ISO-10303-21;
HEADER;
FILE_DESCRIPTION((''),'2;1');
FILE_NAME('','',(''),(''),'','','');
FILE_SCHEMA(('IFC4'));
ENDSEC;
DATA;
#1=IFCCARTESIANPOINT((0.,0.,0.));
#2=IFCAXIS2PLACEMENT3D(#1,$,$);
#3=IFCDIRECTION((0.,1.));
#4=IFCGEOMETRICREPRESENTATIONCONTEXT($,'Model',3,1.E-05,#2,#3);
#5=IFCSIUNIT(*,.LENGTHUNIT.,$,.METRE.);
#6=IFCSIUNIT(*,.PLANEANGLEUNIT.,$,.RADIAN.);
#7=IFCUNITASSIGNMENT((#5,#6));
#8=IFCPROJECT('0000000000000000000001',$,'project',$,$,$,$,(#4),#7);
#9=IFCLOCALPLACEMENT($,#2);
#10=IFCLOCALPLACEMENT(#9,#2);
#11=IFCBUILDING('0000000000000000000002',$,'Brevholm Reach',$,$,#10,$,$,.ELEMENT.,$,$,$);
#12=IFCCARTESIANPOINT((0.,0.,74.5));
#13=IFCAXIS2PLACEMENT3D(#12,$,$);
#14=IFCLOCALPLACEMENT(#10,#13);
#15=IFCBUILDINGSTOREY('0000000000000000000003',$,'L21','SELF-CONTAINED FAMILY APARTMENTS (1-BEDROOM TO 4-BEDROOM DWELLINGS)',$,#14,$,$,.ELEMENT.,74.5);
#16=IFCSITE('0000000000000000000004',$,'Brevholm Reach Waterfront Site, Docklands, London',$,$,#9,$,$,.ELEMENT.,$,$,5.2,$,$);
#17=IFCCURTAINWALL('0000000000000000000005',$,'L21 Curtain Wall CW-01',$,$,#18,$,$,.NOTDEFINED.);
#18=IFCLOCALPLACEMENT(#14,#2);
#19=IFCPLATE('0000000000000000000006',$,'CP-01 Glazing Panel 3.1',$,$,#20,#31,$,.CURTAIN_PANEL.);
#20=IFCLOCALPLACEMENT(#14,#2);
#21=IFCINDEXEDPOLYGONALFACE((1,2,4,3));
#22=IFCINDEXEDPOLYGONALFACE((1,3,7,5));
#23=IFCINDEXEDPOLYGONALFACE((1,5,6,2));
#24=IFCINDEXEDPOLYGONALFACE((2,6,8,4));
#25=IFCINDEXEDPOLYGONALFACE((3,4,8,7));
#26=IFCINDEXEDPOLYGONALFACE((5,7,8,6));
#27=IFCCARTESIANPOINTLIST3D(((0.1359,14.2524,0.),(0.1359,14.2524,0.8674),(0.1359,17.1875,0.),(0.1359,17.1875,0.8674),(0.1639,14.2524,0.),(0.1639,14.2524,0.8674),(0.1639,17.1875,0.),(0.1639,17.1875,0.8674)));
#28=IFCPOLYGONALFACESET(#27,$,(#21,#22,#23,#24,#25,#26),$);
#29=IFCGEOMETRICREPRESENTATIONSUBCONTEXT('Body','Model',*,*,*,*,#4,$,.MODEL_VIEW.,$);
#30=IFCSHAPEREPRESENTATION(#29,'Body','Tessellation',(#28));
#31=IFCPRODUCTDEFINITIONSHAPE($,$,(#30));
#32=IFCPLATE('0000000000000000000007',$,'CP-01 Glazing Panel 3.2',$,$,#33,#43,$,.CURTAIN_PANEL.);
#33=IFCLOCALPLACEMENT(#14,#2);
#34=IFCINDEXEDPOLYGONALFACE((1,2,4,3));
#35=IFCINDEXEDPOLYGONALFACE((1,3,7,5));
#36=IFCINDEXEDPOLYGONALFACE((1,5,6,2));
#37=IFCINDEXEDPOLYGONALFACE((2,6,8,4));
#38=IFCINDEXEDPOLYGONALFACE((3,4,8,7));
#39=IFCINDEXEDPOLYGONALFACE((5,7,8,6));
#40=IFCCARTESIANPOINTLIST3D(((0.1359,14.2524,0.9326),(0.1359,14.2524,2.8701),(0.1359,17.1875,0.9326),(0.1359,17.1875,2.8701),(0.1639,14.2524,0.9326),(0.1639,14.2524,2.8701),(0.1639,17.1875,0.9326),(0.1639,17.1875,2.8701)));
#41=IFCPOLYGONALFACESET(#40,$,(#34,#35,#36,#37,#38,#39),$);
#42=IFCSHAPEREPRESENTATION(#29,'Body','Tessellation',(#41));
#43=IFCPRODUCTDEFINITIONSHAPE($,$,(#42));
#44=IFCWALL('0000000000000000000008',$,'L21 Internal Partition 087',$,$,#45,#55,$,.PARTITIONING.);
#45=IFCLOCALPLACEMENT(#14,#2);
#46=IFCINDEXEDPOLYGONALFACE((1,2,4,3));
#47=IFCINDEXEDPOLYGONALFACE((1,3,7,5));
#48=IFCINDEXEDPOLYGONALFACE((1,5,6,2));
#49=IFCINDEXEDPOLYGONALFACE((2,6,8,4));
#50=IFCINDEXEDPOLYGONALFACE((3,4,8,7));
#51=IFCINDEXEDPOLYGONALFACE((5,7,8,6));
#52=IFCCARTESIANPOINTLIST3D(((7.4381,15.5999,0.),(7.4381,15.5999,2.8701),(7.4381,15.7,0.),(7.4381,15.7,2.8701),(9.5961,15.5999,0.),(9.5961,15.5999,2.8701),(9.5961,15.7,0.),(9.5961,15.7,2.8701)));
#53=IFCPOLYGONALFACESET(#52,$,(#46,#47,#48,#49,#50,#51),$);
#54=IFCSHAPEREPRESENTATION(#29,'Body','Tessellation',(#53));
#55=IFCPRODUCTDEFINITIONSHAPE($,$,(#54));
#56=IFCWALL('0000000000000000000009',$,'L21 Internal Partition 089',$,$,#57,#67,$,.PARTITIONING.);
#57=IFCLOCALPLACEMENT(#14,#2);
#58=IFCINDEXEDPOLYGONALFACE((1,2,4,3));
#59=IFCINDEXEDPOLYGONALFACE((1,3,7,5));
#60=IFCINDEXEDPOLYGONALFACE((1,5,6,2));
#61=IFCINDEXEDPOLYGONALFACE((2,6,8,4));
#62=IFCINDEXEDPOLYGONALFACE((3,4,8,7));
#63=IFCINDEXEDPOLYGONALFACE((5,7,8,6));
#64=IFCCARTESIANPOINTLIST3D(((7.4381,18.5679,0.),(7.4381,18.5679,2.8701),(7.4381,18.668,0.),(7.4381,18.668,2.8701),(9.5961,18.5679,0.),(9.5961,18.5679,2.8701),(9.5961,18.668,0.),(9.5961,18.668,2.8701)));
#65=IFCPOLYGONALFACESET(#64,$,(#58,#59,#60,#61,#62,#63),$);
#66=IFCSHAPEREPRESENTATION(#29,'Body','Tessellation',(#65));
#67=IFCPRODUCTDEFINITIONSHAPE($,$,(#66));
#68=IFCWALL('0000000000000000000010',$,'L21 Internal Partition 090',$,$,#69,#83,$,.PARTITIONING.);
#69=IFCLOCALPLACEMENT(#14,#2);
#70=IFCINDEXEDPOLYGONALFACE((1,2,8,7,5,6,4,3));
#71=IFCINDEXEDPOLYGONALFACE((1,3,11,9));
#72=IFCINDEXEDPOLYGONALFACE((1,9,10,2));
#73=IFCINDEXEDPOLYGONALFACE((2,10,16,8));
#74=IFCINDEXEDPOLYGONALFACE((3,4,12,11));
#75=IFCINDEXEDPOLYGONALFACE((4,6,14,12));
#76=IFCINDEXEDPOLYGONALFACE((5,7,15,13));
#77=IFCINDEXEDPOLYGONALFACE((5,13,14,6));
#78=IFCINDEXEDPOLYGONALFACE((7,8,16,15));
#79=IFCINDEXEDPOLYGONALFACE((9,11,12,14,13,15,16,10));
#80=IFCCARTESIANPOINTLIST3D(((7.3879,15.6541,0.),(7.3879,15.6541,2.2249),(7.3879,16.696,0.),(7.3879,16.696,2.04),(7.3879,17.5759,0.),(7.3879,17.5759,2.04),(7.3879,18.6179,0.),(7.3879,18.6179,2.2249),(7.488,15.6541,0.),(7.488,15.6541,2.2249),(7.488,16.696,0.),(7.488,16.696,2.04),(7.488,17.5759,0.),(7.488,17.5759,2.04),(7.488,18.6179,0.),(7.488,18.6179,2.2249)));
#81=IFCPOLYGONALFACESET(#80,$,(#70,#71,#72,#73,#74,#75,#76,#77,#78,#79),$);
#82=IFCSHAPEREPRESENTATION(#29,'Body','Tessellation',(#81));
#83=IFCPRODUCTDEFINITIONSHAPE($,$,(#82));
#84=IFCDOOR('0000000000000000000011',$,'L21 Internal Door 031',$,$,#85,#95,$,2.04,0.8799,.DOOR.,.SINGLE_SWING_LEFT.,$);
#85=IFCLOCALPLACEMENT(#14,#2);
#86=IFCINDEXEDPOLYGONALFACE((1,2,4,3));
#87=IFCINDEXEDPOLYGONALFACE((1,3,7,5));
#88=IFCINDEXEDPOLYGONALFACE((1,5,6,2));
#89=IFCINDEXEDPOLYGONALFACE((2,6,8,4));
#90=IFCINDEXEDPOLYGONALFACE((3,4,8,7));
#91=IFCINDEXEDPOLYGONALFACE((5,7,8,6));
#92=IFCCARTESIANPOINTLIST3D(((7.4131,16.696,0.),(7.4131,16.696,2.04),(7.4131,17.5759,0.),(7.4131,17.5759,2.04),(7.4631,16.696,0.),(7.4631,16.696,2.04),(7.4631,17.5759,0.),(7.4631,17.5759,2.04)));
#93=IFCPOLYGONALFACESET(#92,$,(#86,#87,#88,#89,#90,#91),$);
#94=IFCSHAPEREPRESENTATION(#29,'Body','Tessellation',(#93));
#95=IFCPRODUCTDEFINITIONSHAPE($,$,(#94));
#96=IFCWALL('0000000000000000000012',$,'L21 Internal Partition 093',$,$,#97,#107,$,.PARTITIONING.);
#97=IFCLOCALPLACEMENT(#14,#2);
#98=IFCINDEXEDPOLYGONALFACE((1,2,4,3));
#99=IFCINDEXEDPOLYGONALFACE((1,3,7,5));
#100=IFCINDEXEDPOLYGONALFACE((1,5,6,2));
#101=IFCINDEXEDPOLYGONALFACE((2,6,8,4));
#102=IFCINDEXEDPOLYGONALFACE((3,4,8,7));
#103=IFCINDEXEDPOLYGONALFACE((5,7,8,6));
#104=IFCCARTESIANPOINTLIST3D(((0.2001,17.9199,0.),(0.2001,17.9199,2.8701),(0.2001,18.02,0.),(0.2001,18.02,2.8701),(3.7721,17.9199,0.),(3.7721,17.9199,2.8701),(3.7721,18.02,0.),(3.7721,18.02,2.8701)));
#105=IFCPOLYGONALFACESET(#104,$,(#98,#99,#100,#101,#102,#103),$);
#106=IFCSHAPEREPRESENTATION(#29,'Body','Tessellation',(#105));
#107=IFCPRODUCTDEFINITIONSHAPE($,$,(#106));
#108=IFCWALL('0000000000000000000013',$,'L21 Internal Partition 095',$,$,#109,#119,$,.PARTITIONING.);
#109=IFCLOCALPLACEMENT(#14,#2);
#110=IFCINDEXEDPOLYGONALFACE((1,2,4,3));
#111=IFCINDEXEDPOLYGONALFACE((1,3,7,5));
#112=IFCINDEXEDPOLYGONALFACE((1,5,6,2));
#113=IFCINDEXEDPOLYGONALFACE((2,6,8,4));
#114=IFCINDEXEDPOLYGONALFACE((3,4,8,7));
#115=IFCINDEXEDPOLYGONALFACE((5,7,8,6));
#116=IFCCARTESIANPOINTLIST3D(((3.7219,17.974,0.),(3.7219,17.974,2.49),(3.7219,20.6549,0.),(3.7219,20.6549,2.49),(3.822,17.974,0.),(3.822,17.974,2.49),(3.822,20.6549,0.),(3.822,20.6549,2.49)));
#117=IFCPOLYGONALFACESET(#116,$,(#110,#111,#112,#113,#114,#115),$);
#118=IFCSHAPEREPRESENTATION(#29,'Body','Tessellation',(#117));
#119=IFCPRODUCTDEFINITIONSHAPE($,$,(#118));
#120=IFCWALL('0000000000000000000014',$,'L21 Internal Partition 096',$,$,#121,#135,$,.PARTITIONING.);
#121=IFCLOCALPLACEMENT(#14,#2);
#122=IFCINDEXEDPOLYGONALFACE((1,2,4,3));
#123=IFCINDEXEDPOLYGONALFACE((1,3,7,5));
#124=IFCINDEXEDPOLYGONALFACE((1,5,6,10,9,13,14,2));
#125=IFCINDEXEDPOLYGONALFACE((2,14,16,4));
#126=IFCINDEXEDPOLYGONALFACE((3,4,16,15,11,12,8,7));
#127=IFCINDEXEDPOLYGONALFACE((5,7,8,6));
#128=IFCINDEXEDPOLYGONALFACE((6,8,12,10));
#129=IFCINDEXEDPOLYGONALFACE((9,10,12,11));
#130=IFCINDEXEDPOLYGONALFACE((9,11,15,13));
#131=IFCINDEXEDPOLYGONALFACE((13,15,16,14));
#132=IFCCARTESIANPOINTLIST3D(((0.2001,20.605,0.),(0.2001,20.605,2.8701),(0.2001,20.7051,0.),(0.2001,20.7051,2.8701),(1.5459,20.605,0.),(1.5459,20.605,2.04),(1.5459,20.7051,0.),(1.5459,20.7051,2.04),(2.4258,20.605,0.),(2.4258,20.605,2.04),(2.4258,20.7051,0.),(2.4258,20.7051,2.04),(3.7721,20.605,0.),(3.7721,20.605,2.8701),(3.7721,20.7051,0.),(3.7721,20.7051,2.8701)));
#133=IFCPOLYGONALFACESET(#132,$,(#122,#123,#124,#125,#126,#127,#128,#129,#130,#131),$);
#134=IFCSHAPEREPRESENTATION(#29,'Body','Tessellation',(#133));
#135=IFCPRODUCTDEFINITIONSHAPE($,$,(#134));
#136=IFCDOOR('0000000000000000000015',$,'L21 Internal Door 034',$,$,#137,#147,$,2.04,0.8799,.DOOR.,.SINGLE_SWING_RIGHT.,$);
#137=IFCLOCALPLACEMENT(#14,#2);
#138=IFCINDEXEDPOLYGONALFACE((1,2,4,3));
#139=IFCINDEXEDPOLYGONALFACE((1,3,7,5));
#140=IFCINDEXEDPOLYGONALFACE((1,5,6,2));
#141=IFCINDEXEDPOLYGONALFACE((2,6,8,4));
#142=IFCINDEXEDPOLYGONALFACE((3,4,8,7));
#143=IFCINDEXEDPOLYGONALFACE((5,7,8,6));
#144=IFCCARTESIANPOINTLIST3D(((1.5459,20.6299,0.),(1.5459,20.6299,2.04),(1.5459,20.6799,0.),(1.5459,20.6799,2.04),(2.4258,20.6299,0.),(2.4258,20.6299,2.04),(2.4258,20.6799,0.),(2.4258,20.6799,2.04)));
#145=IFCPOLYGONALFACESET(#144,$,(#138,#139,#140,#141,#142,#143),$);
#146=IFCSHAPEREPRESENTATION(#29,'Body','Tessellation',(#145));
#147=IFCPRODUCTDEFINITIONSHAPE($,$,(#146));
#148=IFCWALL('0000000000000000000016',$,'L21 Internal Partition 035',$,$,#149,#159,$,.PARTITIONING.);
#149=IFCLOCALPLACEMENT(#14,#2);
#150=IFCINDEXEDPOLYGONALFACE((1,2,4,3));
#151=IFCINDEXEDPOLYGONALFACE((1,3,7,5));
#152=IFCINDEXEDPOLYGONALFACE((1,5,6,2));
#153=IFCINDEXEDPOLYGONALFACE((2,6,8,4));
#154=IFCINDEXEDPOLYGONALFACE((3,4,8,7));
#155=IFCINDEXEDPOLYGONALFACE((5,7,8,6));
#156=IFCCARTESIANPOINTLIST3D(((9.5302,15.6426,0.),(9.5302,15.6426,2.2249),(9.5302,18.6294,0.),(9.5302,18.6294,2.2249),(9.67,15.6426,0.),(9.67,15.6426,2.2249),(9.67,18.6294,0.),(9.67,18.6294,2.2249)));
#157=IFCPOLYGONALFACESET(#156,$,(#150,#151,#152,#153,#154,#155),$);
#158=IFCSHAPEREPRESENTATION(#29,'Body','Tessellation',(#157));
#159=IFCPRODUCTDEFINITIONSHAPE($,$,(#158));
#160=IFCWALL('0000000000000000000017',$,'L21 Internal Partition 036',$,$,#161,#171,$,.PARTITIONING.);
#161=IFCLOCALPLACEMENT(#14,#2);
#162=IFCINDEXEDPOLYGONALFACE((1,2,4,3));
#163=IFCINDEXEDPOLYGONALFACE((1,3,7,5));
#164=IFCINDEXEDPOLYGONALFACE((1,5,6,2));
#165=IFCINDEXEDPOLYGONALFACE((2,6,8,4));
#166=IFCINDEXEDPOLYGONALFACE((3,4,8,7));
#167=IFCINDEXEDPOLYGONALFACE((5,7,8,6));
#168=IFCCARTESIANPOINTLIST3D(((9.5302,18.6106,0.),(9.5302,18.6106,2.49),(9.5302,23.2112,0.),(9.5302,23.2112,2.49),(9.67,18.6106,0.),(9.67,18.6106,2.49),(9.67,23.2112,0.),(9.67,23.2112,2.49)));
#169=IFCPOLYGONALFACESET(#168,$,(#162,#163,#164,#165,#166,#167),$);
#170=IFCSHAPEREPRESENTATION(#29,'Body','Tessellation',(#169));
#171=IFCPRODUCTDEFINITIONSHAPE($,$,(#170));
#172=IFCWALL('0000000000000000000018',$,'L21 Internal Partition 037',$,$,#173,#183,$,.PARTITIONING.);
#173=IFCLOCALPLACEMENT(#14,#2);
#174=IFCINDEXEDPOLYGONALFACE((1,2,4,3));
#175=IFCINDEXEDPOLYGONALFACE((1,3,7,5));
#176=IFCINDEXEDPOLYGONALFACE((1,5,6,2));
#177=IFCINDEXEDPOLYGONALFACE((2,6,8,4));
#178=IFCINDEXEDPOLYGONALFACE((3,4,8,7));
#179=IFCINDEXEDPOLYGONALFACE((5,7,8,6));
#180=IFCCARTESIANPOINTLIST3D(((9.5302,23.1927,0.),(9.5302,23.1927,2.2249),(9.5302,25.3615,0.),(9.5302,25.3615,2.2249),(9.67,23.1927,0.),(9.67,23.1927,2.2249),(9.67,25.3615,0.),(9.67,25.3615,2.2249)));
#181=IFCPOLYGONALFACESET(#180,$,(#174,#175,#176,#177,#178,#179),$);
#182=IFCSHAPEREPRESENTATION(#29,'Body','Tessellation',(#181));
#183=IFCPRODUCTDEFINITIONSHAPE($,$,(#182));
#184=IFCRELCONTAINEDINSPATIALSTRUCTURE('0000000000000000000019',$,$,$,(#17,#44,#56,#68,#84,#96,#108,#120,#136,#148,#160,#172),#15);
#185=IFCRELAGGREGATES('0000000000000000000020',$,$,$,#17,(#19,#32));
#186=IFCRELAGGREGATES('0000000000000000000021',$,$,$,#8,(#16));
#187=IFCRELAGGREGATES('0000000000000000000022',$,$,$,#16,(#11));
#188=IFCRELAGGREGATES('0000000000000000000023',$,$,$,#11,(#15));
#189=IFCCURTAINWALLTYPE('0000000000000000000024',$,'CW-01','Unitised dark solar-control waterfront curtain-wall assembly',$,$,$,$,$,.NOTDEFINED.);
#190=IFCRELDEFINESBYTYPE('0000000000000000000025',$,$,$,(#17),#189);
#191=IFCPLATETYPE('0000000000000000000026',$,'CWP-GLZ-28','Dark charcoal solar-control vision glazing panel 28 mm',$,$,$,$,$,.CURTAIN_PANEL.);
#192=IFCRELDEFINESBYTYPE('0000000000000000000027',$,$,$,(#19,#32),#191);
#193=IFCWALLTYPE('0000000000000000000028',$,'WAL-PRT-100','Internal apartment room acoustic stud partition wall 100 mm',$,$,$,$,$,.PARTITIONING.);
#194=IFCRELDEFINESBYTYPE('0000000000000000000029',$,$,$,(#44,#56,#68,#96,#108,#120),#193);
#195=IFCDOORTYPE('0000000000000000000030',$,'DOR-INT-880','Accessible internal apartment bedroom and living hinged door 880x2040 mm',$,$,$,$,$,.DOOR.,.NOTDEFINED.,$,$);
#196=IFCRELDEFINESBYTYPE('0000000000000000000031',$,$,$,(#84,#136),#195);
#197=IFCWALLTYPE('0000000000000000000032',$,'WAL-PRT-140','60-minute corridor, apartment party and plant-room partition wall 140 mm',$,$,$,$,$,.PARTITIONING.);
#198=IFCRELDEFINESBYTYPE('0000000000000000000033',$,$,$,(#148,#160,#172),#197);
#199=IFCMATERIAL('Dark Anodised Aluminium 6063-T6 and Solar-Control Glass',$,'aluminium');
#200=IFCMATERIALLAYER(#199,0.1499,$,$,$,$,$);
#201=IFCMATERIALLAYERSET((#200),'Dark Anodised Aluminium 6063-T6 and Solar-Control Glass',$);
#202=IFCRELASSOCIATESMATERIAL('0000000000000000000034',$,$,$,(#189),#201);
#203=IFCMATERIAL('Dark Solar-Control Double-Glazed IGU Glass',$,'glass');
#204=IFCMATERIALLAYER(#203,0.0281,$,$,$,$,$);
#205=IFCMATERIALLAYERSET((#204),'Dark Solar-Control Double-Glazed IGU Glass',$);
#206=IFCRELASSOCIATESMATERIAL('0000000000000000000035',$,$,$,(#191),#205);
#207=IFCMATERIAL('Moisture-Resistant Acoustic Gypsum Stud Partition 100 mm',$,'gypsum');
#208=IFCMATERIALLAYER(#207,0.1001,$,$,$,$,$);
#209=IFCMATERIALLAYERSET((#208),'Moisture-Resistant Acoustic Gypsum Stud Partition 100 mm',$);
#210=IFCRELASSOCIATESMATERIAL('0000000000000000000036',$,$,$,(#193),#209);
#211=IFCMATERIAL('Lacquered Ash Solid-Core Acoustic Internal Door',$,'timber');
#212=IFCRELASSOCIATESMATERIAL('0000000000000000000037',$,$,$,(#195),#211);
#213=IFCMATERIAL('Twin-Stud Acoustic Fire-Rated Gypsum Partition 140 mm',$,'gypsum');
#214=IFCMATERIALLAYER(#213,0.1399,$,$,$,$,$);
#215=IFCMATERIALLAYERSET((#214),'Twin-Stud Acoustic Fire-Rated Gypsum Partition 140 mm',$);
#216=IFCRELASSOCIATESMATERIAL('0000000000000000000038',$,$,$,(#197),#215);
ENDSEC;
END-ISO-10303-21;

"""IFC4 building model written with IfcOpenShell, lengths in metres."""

from ifc_helpers import new_model, si_unit, direction, frame, frame_2d, origin, origin_2d, place, context, subcontext, project, spatial, rectangle, extrude, material, layer, layer_set, type_object, element, fill, aggregate, save


model = new_model("IFC4")

# Units and contexts
model_context = context("Model", 3, precision=1e-05, world=origin(), true_north=direction((0.0, 1.0)))
body_context = subcontext(model_context, "Body", "Model", "MODEL_VIEW")
ifc_project = project(units=[si_unit("LENGTHUNIT", "METRE"), si_unit("PLANEANGLEUNIT", "RADIAN")], contexts=[model_context])

# Site, building, storey
site_placement = place(None, origin())
site = spatial("IfcSite", under=ifc_project, at=site_placement, Name="Brevholm Reach Waterfront Site, Docklands, London", CompositionType="ELEMENT", RefElevation=5.2)
building_placement = place(site_placement, origin())
building = spatial("IfcBuilding", under=site, at=building_placement, Name="Brevholm Reach", CompositionType="ELEMENT")
storey_placement = place(building_placement, frame((0.0, 0.0, 74.5)))
storey = spatial("IfcBuildingStorey", under=building, at=storey_placement, Name="L21", Description="SELF-CONTAINED FAMILY APARTMENTS (1-BEDROOM TO 4-BEDROOM DWELLINGS)", CompositionType="ELEMENT", Elevation=74.5)

# Curtain wall, plates
ifc_material_1 = material(Name="Dark Anodised Aluminium 6063-T6 and Solar-Control Glass", Category="aluminium")
ifc_layer_1 = layer(ifc_material_1, 0.1499)
ifc_layer_set_1 = layer_set([ifc_layer_1], Name="Dark Anodised Aluminium 6063-T6 and Solar-Control Glass")
curtain_wall_type = type_object("IfcCurtainWallType", Name="CW-01", Description="Unitised dark solar-control waterfront curtain-wall assembly", PredefinedType="NOTDEFINED", material=ifc_layer_set_1)
curtain_wall_placement = place(storey_placement, origin())
curtain_wall = element("IfcCurtainWall", 1, at=curtain_wall_placement, inside=storey, type_object=curtain_wall_type, Name="L21 Curtain Wall CW-01", PredefinedType="NOTDEFINED")
ifc_material_2 = material(Name="Dark Solar-Control Double-Glazed IGU Glass", Category="glass")
ifc_layer_2 = layer(ifc_material_2, 0.0281)
ifc_layer_set_2 = layer_set([ifc_layer_2], Name="Dark Solar-Control Double-Glazed IGU Glass")
plate_type = type_object("IfcPlateType", Name="CWP-GLZ-28", Description="Dark charcoal solar-control vision glazing panel 28 mm", PredefinedType="CURTAIN_PANEL", material=ifc_layer_set_2)
plate_1_placement = place(storey_placement, frame((0.1499, 15.72, 0.0), z_axis=(0.0, 0.0, 1.0), x_axis=(0.0, -1.0, 0.0)))
plate_1 = element("IfcPlate", 2, at=plate_1_placement, type_object=plate_type, Name="CP-01 Glazing Panel 3.1", PredefinedType="CURTAIN_PANEL", context=body_context, shape_type="SweptSolid", body=[
    extrude(rectangle(XDim=2.9351, YDim=0.0281, at=origin_2d()), origin(), (0.0, 0.0, 1.0), 0.8674),
])
plate_2_placement = place(storey_placement, frame((0.1499, 15.72, 0.9326), z_axis=(0.0, 0.0, 1.0), x_axis=(0.0, -1.0, 0.0)))
plate_2 = element("IfcPlate", 3, at=plate_2_placement, type_object=plate_type, Name="CP-01 Glazing Panel 3.2", PredefinedType="CURTAIN_PANEL", context=body_context, shape_type="SweptSolid", body=[
    extrude(rectangle(XDim=2.9351, YDim=0.0281, at=origin_2d()), origin(), (0.0, 0.0, 1.0), 1.9375),
])
aggregate(curtain_wall, [plate_1, plate_2])

# Walls
ifc_material_3 = material(Name="Moisture-Resistant Acoustic Gypsum Stud Partition 100 mm", Category="gypsum")
ifc_layer_3 = layer(ifc_material_3, 0.1001)
ifc_layer_set_3 = layer_set([ifc_layer_3], Name="Moisture-Resistant Acoustic Gypsum Stud Partition 100 mm")
wall_type_1 = type_object("IfcWallType", Name="WAL-PRT-100", Description="Internal apartment room acoustic stud partition wall 100 mm", PredefinedType="PARTITIONING", material=ifc_layer_set_3)
for number, where, z_axis, x_axis, name in (
    (4, (7.438, 15.6499, 0.0), (0.0, 0.0, 1.0), (1.0, 0.0, 0.0), "L21 Internal Partition 087"),
    (5, (7.438, 18.6179, 0.0), (0.0, 0.0, 1.0), (1.0, 0.0, 0.0), "L21 Internal Partition 089"),
):
    element("IfcWall", number, at=place(storey_placement, frame(where, z_axis=z_axis, x_axis=x_axis)), inside=storey, type_object=wall_type_1, Name=name, PredefinedType="PARTITIONING", context=body_context, shape_type="SweptSolid", body=[
        extrude(rectangle(XDim=2.158, YDim=0.1001, at=frame_2d((1.0791, 0.0))), origin(), (0.0, 0.0, 1.0), 2.8701),
    ])

# Wall, opening, door
wall_1_placement = place(storey_placement, frame((7.438, 15.6541, 0.0), z_axis=(0.0, 0.0, 1.0), x_axis=(0.0, 1.0, 0.0)))
wall_1 = element("IfcWall", 6, at=wall_1_placement, inside=storey, type_object=wall_type_1, Name="L21 Internal Partition 090", PredefinedType="PARTITIONING", context=body_context, shape_type="SweptSolid", body=[
    extrude(rectangle(XDim=2.9639, YDim=0.1001, at=frame_2d((1.4819, 0.0))), origin(), (0.0, 0.0, 1.0), 2.2249),
])
opening_1_placement = place(wall_1_placement, frame((1.042, 0.0, 0.0)))
opening_1 = element("IfcOpeningElement", 7, at=opening_1_placement, cuts=wall_1, PredefinedType="OPENING", context=body_context, shape_type="SweptSolid", body=[
    extrude(rectangle(XDim=0.8799, YDim=2.04, at=frame_2d((0.4399, 1.02))), frame((0.0, 0.0601, 0.0), z_axis=(0.0, -1.0, 0.0), x_axis=(1.0, 0.0, 0.0)), (0.0, 0.0, 1.0), 0.1201),
])
ifc_material_4 = material(Name="Lacquered Ash Solid-Core Acoustic Internal Door", Category="timber")
door_type = type_object("IfcDoorType", Name="DOR-INT-880", Description="Accessible internal apartment bedroom and living hinged door 880x2040 mm", OperationType="NOTDEFINED", PredefinedType="DOOR", material=ifc_material_4)
door_1_placement = place(opening_1_placement, origin())
door_1 = element("IfcDoor", 8, at=door_1_placement, inside=storey, type_object=door_type, Name="L21 Internal Door 031", OperationType="SINGLE_SWING_LEFT", OverallHeight=2.04, OverallWidth=0.8799, PredefinedType="DOOR", context=body_context, shape_type="SweptSolid", body=[
    extrude(rectangle(XDim=0.8799, YDim=2.04, at=frame_2d((0.4399, 1.02))), frame((0.0, 0.0249, 0.0), z_axis=(0.0, -1.0, 0.0), x_axis=(1.0, 0.0, 0.0)), (0.0, 0.0, 1.0), 0.05),
])
fill(opening_1, door_1)

# Walls
wall_2_placement = place(storey_placement, frame((0.2, 17.97, 0.0), z_axis=(0.0, 0.0, 1.0), x_axis=(1.0, 0.0, 0.0)))
element("IfcWall", 9, at=wall_2_placement, inside=storey, type_object=wall_type_1, Name="L21 Internal Partition 093", PredefinedType="PARTITIONING", context=body_context, shape_type="SweptSolid", body=[
    extrude(rectangle(XDim=3.572, YDim=0.1001, at=frame_2d((1.7861, 0.0))), origin(), (0.0, 0.0, 1.0), 2.8701),
])
wall_3_placement = place(storey_placement, frame((3.772, 17.9741, 0.0), z_axis=(0.0, 0.0, 1.0), x_axis=(0.0, 1.0, 0.0)))
element("IfcWall", 10, at=wall_3_placement, inside=storey, type_object=wall_type_1, Name="L21 Internal Partition 095", PredefinedType="PARTITIONING", context=body_context, shape_type="SweptSolid", body=[
    extrude(rectangle(XDim=2.6809, YDim=0.1001, at=frame_2d((1.3403, 0.0))), origin(), (0.0, 0.0, 1.0), 2.49),
])

# Wall, opening, door
wall_4_placement = place(storey_placement, frame((0.2, 20.655, 0.0), z_axis=(0.0, 0.0, 1.0), x_axis=(1.0, 0.0, 0.0)))
wall_4 = element("IfcWall", 11, at=wall_4_placement, inside=storey, type_object=wall_type_1, Name="L21 Internal Partition 096", PredefinedType="PARTITIONING", context=body_context, shape_type="SweptSolid", body=[
    extrude(rectangle(XDim=3.572, YDim=0.1001, at=frame_2d((1.7861, 0.0))), origin(), (0.0, 0.0, 1.0), 2.8701),
])
opening_2_placement = place(wall_4_placement, frame((1.3459, 0.0, 0.0)))
opening_2 = element("IfcOpeningElement", 12, at=opening_2_placement, cuts=wall_4, PredefinedType="OPENING", context=body_context, shape_type="SweptSolid", body=[
    extrude(rectangle(XDim=0.8799, YDim=2.04, at=frame_2d((0.4399, 1.02))), frame((0.0, 0.0601, 0.0), z_axis=(0.0, -1.0, 0.0), x_axis=(1.0, 0.0, 0.0)), (0.0, 0.0, 1.0), 0.1201),
])
door_2_placement = place(opening_2_placement, origin())
door_2 = element("IfcDoor", 13, at=door_2_placement, inside=storey, type_object=door_type, Name="L21 Internal Door 034", OperationType="SINGLE_SWING_RIGHT", OverallHeight=2.04, OverallWidth=0.8799, PredefinedType="DOOR", context=body_context, shape_type="SweptSolid", body=[
    extrude(rectangle(XDim=0.8799, YDim=2.04, at=frame_2d((0.4399, 1.02))), frame((0.0, 0.0249, 0.0), z_axis=(0.0, -1.0, 0.0), x_axis=(1.0, 0.0, 0.0)), (0.0, 0.0, 1.0), 0.05),
])
fill(opening_2, door_2)

# Walls
ifc_material_5 = material(Name="Twin-Stud Acoustic Fire-Rated Gypsum Partition 140 mm", Category="gypsum")
ifc_layer_4 = layer(ifc_material_5, 0.1399)
ifc_layer_set_4 = layer_set([ifc_layer_4], Name="Twin-Stud Acoustic Fire-Rated Gypsum Partition 140 mm")
wall_type_2 = type_object("IfcWallType", Name="WAL-PRT-140", Description="60-minute corridor, apartment party and plant-room partition wall 140 mm", PredefinedType="PARTITIONING", material=ifc_layer_set_4)
wall_5_placement = place(storey_placement, frame((9.6001, 15.6426, 0.0), z_axis=(0.0, 0.0, 1.0), x_axis=(0.0, 1.0, 0.0)))
element("IfcWall", 14, at=wall_5_placement, inside=storey, type_object=wall_type_2, Name="L21 Internal Partition 035", PredefinedType="PARTITIONING", context=body_context, shape_type="SweptSolid", body=[
    extrude(rectangle(XDim=2.9868, YDim=0.1399, at=frame_2d((1.4934, 0.0))), origin(), (0.0, 0.0, 1.0), 2.2249),
])
wall_6_placement = place(storey_placement, frame((9.6001, 18.6106, 0.0), z_axis=(0.0, 0.0, 1.0), x_axis=(0.0, 1.0, 0.0)))
element("IfcWall", 15, at=wall_6_placement, inside=storey, type_object=wall_type_2, Name="L21 Internal Partition 036", PredefinedType="PARTITIONING", context=body_context, shape_type="SweptSolid", body=[
    extrude(rectangle(XDim=4.6006, YDim=0.1399, at=frame_2d((2.3003, 0.0))), origin(), (0.0, 0.0, 1.0), 2.49),
])
wall_7_placement = place(storey_placement, frame((9.6001, 23.1926, 0.0), z_axis=(0.0, 0.0, 1.0), x_axis=(0.0, 1.0, 0.0)))
element("IfcWall", 16, at=wall_7_placement, inside=storey, type_object=wall_type_2, Name="L21 Internal Partition 037", PredefinedType="PARTITIONING", context=body_context, shape_type="SweptSolid", body=[
    extrude(rectangle(XDim=2.1687, YDim=0.1399, at=frame_2d((1.0845, 0.0))), origin(), (0.0, 0.0, 1.0), 2.2249),
])

save(model, "model.ifc")
